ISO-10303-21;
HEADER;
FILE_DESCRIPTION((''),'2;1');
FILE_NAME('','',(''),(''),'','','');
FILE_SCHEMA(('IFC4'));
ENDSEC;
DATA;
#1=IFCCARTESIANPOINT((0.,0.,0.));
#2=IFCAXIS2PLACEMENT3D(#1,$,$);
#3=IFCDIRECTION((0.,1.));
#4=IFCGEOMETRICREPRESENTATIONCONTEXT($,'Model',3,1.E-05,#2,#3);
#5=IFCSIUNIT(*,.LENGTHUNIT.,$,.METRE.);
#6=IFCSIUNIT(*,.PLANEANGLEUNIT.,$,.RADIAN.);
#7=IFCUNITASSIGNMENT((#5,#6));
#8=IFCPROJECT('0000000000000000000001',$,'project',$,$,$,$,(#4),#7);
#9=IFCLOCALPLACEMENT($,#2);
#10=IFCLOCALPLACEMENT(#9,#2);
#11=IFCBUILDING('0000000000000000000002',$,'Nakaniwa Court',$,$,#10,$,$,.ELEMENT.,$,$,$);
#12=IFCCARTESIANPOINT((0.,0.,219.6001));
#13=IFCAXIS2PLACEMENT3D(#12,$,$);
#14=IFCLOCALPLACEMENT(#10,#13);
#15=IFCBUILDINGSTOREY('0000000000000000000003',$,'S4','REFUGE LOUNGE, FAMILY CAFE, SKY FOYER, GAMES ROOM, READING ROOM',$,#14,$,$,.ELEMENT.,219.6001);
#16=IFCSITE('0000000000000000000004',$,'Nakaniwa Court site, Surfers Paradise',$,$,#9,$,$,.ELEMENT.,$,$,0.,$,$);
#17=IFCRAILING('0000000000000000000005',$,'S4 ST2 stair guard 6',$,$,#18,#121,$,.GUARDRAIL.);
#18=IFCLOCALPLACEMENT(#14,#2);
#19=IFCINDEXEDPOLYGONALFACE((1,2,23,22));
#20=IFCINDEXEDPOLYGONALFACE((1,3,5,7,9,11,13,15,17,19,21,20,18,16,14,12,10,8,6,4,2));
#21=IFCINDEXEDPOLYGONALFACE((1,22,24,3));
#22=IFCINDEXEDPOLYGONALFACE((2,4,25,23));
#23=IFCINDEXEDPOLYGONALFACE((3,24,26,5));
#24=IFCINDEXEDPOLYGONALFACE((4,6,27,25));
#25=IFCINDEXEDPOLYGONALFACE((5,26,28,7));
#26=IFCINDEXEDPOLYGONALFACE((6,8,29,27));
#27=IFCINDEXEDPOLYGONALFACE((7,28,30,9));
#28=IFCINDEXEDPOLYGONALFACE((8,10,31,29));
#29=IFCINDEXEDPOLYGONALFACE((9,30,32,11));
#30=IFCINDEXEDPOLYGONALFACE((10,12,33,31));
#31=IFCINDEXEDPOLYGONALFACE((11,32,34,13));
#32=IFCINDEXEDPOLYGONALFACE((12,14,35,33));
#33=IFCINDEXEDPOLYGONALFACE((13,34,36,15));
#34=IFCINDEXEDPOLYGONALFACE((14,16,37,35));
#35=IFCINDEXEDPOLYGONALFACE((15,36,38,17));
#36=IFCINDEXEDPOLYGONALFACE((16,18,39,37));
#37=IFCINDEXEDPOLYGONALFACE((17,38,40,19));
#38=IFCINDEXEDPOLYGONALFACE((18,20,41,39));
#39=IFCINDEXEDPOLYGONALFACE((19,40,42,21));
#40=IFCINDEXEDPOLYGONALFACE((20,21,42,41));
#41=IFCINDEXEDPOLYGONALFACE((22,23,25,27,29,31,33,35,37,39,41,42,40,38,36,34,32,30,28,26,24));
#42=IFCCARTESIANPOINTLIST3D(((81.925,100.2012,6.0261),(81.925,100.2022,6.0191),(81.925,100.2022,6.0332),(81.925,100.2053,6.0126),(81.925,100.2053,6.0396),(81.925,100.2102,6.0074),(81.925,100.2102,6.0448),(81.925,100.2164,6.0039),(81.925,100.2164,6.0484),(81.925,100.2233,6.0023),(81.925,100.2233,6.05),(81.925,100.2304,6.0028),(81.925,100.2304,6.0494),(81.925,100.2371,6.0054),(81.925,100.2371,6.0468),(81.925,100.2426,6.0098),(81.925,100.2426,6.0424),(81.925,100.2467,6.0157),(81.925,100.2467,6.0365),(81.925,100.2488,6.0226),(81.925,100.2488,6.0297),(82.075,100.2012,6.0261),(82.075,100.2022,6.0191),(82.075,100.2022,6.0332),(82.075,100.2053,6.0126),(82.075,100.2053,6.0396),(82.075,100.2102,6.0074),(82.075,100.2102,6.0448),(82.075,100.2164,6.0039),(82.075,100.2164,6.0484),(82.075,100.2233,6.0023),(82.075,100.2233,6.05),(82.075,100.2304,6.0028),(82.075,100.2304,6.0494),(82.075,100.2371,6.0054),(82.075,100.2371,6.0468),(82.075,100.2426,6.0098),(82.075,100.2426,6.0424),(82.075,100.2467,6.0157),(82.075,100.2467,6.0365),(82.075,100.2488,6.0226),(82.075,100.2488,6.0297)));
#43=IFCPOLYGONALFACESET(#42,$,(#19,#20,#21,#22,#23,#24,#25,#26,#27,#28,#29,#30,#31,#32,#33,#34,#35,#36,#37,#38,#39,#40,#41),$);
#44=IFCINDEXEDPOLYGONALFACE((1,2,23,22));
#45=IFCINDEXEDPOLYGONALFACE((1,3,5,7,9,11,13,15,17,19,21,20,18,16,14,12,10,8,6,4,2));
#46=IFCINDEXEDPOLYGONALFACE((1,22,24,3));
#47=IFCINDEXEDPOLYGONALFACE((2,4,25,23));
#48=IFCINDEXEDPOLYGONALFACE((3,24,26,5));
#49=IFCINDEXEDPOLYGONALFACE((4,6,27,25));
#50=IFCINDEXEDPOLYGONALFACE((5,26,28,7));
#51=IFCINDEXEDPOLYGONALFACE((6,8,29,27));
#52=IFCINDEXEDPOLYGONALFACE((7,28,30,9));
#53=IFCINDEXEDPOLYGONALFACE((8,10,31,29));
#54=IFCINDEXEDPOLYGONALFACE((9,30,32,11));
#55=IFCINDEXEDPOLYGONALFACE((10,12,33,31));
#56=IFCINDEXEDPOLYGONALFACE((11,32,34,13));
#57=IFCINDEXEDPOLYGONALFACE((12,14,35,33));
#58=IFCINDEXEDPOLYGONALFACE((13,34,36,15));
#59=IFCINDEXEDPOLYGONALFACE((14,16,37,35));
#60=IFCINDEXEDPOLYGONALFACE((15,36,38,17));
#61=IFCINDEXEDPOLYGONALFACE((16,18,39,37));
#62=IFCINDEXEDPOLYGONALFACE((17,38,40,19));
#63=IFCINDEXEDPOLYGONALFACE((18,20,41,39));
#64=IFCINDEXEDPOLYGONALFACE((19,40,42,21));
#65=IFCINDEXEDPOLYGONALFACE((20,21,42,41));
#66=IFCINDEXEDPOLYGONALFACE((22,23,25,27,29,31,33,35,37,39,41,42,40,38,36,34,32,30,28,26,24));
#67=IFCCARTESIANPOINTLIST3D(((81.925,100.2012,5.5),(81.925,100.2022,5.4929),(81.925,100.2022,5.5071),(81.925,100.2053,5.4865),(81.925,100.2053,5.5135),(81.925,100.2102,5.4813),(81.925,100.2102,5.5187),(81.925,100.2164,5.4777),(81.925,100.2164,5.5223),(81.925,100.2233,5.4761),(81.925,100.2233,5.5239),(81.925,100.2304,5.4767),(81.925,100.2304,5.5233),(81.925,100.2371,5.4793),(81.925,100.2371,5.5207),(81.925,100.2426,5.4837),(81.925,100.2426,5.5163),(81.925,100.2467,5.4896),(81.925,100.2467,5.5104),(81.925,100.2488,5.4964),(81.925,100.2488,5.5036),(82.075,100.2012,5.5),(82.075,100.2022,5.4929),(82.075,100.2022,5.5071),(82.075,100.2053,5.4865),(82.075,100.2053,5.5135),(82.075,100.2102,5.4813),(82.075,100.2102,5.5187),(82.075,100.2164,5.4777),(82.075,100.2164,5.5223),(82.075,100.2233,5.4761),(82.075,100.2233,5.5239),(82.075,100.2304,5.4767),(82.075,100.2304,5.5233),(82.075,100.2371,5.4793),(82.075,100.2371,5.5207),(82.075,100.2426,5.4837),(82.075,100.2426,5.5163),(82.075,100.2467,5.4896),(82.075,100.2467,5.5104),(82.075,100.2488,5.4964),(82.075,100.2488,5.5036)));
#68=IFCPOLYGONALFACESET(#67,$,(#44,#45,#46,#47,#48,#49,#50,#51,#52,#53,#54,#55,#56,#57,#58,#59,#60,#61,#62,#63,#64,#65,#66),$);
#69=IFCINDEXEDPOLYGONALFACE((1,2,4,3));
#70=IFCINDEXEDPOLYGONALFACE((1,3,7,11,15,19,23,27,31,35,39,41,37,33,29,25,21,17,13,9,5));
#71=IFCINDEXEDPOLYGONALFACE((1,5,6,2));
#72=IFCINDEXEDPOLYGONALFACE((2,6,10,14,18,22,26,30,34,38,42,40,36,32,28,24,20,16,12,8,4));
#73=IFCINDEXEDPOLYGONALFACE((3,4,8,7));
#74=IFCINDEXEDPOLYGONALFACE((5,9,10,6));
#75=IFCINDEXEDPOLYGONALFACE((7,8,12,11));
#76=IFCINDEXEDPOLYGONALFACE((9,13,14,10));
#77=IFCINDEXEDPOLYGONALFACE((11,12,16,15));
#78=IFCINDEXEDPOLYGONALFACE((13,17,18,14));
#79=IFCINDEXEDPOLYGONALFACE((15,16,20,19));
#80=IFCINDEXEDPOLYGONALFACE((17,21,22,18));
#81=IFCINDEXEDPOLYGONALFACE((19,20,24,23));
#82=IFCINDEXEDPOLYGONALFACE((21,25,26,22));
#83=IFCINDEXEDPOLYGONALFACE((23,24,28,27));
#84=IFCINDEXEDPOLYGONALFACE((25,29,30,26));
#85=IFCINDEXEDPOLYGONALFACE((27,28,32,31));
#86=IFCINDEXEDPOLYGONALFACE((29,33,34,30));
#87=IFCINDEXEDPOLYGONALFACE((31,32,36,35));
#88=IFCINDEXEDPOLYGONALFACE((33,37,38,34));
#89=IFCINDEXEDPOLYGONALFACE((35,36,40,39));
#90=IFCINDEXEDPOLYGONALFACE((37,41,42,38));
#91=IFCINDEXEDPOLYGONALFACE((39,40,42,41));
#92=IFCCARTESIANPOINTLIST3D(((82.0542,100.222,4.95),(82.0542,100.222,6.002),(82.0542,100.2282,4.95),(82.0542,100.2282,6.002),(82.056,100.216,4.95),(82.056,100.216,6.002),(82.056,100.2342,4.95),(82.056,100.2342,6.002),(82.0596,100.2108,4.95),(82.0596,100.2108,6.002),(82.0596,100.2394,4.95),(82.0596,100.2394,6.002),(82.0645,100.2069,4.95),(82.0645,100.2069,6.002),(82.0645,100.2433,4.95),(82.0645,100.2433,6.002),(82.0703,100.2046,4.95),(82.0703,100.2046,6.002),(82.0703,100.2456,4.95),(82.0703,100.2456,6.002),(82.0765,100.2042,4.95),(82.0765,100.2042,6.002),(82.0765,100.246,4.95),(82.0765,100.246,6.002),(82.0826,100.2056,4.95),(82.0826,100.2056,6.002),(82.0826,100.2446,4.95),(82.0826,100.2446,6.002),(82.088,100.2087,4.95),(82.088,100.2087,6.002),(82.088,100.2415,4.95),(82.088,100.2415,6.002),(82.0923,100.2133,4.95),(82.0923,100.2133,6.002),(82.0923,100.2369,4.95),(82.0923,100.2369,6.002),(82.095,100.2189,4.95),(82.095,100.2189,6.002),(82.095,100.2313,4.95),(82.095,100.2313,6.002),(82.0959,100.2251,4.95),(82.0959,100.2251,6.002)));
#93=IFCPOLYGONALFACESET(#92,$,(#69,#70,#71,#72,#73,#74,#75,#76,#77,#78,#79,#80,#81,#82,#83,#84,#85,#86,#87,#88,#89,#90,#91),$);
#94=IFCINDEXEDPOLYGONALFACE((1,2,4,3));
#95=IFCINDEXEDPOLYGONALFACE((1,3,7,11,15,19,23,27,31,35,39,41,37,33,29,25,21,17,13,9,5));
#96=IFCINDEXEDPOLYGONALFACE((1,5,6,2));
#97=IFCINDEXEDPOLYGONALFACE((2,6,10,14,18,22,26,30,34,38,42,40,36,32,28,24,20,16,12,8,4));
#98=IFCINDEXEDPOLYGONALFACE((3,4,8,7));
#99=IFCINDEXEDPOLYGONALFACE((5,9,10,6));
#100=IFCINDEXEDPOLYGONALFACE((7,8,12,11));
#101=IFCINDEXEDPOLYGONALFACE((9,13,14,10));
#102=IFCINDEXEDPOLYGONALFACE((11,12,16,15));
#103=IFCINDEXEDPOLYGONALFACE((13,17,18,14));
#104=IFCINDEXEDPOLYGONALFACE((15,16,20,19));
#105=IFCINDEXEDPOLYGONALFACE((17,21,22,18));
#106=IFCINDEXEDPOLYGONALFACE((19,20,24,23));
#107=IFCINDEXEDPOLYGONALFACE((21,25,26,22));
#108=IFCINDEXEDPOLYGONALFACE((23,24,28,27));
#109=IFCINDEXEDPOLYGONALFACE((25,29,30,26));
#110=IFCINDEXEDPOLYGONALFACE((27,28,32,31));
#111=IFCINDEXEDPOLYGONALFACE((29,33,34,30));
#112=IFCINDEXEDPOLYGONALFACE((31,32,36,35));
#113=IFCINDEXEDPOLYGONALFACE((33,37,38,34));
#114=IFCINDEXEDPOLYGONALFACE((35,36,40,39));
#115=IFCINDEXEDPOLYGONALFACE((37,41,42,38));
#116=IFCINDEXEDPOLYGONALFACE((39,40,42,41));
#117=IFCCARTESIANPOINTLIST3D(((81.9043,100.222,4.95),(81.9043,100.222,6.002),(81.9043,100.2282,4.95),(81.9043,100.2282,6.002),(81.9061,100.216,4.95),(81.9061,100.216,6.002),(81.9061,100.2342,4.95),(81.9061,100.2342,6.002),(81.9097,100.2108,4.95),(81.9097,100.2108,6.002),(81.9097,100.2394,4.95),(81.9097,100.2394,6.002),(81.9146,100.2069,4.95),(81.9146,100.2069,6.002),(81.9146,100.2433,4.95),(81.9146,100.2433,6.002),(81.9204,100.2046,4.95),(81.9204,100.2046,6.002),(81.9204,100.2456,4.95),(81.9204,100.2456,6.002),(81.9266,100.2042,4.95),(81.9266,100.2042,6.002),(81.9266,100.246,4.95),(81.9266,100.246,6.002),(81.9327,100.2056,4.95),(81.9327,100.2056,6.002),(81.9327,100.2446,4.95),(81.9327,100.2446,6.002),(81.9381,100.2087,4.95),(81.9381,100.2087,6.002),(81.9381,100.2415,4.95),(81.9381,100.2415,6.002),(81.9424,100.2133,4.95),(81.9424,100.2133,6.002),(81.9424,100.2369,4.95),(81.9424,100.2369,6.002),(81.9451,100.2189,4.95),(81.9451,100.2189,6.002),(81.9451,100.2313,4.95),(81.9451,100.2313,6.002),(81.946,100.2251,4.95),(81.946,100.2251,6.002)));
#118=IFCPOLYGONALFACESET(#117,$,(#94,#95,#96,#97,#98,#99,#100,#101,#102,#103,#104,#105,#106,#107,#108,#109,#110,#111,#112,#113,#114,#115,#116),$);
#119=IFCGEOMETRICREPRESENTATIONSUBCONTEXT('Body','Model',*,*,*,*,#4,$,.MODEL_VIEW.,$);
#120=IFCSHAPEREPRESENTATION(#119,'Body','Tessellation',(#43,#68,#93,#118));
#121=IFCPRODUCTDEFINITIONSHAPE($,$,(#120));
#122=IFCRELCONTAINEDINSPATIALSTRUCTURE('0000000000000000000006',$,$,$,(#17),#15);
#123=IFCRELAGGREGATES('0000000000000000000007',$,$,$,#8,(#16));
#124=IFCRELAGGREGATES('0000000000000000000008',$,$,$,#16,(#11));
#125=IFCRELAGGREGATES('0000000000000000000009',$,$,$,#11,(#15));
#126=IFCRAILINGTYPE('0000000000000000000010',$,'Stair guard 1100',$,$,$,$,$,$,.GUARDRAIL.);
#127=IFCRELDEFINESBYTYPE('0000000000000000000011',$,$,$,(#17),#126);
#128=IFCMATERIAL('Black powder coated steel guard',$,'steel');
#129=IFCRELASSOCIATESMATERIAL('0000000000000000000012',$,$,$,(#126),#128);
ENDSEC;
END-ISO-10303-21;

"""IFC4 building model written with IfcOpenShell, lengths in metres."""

from ifc_helpers import new_model, si_unit, direction, frame, origin, origin_2d, place, context, subcontext, project, spatial, circle, extrude, material, type_object, element, save


model = new_model("IFC4")

# Units and contexts
model_context = context("Model", 3, precision=1e-05, world=origin(), true_north=direction((0.0, 1.0)))
body_context = subcontext(model_context, "Body", "Model", "MODEL_VIEW")
ifc_project = project(units=[si_unit("LENGTHUNIT", "METRE"), si_unit("PLANEANGLEUNIT", "RADIAN")], contexts=[model_context])

# Site, building, storey
site_placement = place(None, origin())
site = spatial("IfcSite", under=ifc_project, at=site_placement, Name="Nakaniwa Court site, Surfers Paradise", CompositionType="ELEMENT", RefElevation=0.0)
building_placement = place(site_placement, origin())
building = spatial("IfcBuilding", under=site, at=building_placement, Name="Nakaniwa Court", CompositionType="ELEMENT")
storey_placement = place(building_placement, frame((0.0, 0.0, 219.6001)))
storey = spatial("IfcBuildingStorey", under=building, at=storey_placement, Name="S4", Description="REFUGE LOUNGE, FAMILY CAFE, SKY FOYER, GAMES ROOM, READING ROOM", CompositionType="ELEMENT", Elevation=219.6001)

# Railing
ifc_material_1 = material(Name="Black powder coated steel guard", Category="steel")
railing_type_1 = type_object("IfcRailingType", Name="Stair guard 1100", PredefinedType="GUARDRAIL", material=ifc_material_1)
railing_1_placement = place(storey_placement, frame((82.075, 100.2251, 4.95)))
element("IfcRailing", 1, at=railing_1_placement, inside=storey, type_object=railing_type_1, Name="S4 ST2 stair guard 6", PredefinedType="GUARDRAIL", context=body_context, shape_type="SweptSolid", body=[
    extrude(circle(Radius=0.0239, at=origin_2d()), frame((0.0, 0.0, 1.0762), z_axis=(-1.0, 0.0, 0.0), x_axis=(0.0, -1.0, 0.0)), (0.0, 0.0, 1.0), 0.1499),
    extrude(circle(Radius=0.0239, at=origin_2d()), frame((0.0, 0.0, 0.55), z_axis=(-1.0, 0.0, 0.0), x_axis=(0.0, -1.0, 0.0)), (0.0, 0.0, 1.0), 0.1499),
    extrude(circle(Radius=0.021, at=origin_2d()), origin(), (0.0, 0.0, 1.0), 1.052),
    extrude(circle(Radius=0.021, at=origin_2d()), frame((-0.1499, 0.0, 0.0)), (0.0, 0.0, 1.0), 1.052),
])

save(model, "model.ifc")
